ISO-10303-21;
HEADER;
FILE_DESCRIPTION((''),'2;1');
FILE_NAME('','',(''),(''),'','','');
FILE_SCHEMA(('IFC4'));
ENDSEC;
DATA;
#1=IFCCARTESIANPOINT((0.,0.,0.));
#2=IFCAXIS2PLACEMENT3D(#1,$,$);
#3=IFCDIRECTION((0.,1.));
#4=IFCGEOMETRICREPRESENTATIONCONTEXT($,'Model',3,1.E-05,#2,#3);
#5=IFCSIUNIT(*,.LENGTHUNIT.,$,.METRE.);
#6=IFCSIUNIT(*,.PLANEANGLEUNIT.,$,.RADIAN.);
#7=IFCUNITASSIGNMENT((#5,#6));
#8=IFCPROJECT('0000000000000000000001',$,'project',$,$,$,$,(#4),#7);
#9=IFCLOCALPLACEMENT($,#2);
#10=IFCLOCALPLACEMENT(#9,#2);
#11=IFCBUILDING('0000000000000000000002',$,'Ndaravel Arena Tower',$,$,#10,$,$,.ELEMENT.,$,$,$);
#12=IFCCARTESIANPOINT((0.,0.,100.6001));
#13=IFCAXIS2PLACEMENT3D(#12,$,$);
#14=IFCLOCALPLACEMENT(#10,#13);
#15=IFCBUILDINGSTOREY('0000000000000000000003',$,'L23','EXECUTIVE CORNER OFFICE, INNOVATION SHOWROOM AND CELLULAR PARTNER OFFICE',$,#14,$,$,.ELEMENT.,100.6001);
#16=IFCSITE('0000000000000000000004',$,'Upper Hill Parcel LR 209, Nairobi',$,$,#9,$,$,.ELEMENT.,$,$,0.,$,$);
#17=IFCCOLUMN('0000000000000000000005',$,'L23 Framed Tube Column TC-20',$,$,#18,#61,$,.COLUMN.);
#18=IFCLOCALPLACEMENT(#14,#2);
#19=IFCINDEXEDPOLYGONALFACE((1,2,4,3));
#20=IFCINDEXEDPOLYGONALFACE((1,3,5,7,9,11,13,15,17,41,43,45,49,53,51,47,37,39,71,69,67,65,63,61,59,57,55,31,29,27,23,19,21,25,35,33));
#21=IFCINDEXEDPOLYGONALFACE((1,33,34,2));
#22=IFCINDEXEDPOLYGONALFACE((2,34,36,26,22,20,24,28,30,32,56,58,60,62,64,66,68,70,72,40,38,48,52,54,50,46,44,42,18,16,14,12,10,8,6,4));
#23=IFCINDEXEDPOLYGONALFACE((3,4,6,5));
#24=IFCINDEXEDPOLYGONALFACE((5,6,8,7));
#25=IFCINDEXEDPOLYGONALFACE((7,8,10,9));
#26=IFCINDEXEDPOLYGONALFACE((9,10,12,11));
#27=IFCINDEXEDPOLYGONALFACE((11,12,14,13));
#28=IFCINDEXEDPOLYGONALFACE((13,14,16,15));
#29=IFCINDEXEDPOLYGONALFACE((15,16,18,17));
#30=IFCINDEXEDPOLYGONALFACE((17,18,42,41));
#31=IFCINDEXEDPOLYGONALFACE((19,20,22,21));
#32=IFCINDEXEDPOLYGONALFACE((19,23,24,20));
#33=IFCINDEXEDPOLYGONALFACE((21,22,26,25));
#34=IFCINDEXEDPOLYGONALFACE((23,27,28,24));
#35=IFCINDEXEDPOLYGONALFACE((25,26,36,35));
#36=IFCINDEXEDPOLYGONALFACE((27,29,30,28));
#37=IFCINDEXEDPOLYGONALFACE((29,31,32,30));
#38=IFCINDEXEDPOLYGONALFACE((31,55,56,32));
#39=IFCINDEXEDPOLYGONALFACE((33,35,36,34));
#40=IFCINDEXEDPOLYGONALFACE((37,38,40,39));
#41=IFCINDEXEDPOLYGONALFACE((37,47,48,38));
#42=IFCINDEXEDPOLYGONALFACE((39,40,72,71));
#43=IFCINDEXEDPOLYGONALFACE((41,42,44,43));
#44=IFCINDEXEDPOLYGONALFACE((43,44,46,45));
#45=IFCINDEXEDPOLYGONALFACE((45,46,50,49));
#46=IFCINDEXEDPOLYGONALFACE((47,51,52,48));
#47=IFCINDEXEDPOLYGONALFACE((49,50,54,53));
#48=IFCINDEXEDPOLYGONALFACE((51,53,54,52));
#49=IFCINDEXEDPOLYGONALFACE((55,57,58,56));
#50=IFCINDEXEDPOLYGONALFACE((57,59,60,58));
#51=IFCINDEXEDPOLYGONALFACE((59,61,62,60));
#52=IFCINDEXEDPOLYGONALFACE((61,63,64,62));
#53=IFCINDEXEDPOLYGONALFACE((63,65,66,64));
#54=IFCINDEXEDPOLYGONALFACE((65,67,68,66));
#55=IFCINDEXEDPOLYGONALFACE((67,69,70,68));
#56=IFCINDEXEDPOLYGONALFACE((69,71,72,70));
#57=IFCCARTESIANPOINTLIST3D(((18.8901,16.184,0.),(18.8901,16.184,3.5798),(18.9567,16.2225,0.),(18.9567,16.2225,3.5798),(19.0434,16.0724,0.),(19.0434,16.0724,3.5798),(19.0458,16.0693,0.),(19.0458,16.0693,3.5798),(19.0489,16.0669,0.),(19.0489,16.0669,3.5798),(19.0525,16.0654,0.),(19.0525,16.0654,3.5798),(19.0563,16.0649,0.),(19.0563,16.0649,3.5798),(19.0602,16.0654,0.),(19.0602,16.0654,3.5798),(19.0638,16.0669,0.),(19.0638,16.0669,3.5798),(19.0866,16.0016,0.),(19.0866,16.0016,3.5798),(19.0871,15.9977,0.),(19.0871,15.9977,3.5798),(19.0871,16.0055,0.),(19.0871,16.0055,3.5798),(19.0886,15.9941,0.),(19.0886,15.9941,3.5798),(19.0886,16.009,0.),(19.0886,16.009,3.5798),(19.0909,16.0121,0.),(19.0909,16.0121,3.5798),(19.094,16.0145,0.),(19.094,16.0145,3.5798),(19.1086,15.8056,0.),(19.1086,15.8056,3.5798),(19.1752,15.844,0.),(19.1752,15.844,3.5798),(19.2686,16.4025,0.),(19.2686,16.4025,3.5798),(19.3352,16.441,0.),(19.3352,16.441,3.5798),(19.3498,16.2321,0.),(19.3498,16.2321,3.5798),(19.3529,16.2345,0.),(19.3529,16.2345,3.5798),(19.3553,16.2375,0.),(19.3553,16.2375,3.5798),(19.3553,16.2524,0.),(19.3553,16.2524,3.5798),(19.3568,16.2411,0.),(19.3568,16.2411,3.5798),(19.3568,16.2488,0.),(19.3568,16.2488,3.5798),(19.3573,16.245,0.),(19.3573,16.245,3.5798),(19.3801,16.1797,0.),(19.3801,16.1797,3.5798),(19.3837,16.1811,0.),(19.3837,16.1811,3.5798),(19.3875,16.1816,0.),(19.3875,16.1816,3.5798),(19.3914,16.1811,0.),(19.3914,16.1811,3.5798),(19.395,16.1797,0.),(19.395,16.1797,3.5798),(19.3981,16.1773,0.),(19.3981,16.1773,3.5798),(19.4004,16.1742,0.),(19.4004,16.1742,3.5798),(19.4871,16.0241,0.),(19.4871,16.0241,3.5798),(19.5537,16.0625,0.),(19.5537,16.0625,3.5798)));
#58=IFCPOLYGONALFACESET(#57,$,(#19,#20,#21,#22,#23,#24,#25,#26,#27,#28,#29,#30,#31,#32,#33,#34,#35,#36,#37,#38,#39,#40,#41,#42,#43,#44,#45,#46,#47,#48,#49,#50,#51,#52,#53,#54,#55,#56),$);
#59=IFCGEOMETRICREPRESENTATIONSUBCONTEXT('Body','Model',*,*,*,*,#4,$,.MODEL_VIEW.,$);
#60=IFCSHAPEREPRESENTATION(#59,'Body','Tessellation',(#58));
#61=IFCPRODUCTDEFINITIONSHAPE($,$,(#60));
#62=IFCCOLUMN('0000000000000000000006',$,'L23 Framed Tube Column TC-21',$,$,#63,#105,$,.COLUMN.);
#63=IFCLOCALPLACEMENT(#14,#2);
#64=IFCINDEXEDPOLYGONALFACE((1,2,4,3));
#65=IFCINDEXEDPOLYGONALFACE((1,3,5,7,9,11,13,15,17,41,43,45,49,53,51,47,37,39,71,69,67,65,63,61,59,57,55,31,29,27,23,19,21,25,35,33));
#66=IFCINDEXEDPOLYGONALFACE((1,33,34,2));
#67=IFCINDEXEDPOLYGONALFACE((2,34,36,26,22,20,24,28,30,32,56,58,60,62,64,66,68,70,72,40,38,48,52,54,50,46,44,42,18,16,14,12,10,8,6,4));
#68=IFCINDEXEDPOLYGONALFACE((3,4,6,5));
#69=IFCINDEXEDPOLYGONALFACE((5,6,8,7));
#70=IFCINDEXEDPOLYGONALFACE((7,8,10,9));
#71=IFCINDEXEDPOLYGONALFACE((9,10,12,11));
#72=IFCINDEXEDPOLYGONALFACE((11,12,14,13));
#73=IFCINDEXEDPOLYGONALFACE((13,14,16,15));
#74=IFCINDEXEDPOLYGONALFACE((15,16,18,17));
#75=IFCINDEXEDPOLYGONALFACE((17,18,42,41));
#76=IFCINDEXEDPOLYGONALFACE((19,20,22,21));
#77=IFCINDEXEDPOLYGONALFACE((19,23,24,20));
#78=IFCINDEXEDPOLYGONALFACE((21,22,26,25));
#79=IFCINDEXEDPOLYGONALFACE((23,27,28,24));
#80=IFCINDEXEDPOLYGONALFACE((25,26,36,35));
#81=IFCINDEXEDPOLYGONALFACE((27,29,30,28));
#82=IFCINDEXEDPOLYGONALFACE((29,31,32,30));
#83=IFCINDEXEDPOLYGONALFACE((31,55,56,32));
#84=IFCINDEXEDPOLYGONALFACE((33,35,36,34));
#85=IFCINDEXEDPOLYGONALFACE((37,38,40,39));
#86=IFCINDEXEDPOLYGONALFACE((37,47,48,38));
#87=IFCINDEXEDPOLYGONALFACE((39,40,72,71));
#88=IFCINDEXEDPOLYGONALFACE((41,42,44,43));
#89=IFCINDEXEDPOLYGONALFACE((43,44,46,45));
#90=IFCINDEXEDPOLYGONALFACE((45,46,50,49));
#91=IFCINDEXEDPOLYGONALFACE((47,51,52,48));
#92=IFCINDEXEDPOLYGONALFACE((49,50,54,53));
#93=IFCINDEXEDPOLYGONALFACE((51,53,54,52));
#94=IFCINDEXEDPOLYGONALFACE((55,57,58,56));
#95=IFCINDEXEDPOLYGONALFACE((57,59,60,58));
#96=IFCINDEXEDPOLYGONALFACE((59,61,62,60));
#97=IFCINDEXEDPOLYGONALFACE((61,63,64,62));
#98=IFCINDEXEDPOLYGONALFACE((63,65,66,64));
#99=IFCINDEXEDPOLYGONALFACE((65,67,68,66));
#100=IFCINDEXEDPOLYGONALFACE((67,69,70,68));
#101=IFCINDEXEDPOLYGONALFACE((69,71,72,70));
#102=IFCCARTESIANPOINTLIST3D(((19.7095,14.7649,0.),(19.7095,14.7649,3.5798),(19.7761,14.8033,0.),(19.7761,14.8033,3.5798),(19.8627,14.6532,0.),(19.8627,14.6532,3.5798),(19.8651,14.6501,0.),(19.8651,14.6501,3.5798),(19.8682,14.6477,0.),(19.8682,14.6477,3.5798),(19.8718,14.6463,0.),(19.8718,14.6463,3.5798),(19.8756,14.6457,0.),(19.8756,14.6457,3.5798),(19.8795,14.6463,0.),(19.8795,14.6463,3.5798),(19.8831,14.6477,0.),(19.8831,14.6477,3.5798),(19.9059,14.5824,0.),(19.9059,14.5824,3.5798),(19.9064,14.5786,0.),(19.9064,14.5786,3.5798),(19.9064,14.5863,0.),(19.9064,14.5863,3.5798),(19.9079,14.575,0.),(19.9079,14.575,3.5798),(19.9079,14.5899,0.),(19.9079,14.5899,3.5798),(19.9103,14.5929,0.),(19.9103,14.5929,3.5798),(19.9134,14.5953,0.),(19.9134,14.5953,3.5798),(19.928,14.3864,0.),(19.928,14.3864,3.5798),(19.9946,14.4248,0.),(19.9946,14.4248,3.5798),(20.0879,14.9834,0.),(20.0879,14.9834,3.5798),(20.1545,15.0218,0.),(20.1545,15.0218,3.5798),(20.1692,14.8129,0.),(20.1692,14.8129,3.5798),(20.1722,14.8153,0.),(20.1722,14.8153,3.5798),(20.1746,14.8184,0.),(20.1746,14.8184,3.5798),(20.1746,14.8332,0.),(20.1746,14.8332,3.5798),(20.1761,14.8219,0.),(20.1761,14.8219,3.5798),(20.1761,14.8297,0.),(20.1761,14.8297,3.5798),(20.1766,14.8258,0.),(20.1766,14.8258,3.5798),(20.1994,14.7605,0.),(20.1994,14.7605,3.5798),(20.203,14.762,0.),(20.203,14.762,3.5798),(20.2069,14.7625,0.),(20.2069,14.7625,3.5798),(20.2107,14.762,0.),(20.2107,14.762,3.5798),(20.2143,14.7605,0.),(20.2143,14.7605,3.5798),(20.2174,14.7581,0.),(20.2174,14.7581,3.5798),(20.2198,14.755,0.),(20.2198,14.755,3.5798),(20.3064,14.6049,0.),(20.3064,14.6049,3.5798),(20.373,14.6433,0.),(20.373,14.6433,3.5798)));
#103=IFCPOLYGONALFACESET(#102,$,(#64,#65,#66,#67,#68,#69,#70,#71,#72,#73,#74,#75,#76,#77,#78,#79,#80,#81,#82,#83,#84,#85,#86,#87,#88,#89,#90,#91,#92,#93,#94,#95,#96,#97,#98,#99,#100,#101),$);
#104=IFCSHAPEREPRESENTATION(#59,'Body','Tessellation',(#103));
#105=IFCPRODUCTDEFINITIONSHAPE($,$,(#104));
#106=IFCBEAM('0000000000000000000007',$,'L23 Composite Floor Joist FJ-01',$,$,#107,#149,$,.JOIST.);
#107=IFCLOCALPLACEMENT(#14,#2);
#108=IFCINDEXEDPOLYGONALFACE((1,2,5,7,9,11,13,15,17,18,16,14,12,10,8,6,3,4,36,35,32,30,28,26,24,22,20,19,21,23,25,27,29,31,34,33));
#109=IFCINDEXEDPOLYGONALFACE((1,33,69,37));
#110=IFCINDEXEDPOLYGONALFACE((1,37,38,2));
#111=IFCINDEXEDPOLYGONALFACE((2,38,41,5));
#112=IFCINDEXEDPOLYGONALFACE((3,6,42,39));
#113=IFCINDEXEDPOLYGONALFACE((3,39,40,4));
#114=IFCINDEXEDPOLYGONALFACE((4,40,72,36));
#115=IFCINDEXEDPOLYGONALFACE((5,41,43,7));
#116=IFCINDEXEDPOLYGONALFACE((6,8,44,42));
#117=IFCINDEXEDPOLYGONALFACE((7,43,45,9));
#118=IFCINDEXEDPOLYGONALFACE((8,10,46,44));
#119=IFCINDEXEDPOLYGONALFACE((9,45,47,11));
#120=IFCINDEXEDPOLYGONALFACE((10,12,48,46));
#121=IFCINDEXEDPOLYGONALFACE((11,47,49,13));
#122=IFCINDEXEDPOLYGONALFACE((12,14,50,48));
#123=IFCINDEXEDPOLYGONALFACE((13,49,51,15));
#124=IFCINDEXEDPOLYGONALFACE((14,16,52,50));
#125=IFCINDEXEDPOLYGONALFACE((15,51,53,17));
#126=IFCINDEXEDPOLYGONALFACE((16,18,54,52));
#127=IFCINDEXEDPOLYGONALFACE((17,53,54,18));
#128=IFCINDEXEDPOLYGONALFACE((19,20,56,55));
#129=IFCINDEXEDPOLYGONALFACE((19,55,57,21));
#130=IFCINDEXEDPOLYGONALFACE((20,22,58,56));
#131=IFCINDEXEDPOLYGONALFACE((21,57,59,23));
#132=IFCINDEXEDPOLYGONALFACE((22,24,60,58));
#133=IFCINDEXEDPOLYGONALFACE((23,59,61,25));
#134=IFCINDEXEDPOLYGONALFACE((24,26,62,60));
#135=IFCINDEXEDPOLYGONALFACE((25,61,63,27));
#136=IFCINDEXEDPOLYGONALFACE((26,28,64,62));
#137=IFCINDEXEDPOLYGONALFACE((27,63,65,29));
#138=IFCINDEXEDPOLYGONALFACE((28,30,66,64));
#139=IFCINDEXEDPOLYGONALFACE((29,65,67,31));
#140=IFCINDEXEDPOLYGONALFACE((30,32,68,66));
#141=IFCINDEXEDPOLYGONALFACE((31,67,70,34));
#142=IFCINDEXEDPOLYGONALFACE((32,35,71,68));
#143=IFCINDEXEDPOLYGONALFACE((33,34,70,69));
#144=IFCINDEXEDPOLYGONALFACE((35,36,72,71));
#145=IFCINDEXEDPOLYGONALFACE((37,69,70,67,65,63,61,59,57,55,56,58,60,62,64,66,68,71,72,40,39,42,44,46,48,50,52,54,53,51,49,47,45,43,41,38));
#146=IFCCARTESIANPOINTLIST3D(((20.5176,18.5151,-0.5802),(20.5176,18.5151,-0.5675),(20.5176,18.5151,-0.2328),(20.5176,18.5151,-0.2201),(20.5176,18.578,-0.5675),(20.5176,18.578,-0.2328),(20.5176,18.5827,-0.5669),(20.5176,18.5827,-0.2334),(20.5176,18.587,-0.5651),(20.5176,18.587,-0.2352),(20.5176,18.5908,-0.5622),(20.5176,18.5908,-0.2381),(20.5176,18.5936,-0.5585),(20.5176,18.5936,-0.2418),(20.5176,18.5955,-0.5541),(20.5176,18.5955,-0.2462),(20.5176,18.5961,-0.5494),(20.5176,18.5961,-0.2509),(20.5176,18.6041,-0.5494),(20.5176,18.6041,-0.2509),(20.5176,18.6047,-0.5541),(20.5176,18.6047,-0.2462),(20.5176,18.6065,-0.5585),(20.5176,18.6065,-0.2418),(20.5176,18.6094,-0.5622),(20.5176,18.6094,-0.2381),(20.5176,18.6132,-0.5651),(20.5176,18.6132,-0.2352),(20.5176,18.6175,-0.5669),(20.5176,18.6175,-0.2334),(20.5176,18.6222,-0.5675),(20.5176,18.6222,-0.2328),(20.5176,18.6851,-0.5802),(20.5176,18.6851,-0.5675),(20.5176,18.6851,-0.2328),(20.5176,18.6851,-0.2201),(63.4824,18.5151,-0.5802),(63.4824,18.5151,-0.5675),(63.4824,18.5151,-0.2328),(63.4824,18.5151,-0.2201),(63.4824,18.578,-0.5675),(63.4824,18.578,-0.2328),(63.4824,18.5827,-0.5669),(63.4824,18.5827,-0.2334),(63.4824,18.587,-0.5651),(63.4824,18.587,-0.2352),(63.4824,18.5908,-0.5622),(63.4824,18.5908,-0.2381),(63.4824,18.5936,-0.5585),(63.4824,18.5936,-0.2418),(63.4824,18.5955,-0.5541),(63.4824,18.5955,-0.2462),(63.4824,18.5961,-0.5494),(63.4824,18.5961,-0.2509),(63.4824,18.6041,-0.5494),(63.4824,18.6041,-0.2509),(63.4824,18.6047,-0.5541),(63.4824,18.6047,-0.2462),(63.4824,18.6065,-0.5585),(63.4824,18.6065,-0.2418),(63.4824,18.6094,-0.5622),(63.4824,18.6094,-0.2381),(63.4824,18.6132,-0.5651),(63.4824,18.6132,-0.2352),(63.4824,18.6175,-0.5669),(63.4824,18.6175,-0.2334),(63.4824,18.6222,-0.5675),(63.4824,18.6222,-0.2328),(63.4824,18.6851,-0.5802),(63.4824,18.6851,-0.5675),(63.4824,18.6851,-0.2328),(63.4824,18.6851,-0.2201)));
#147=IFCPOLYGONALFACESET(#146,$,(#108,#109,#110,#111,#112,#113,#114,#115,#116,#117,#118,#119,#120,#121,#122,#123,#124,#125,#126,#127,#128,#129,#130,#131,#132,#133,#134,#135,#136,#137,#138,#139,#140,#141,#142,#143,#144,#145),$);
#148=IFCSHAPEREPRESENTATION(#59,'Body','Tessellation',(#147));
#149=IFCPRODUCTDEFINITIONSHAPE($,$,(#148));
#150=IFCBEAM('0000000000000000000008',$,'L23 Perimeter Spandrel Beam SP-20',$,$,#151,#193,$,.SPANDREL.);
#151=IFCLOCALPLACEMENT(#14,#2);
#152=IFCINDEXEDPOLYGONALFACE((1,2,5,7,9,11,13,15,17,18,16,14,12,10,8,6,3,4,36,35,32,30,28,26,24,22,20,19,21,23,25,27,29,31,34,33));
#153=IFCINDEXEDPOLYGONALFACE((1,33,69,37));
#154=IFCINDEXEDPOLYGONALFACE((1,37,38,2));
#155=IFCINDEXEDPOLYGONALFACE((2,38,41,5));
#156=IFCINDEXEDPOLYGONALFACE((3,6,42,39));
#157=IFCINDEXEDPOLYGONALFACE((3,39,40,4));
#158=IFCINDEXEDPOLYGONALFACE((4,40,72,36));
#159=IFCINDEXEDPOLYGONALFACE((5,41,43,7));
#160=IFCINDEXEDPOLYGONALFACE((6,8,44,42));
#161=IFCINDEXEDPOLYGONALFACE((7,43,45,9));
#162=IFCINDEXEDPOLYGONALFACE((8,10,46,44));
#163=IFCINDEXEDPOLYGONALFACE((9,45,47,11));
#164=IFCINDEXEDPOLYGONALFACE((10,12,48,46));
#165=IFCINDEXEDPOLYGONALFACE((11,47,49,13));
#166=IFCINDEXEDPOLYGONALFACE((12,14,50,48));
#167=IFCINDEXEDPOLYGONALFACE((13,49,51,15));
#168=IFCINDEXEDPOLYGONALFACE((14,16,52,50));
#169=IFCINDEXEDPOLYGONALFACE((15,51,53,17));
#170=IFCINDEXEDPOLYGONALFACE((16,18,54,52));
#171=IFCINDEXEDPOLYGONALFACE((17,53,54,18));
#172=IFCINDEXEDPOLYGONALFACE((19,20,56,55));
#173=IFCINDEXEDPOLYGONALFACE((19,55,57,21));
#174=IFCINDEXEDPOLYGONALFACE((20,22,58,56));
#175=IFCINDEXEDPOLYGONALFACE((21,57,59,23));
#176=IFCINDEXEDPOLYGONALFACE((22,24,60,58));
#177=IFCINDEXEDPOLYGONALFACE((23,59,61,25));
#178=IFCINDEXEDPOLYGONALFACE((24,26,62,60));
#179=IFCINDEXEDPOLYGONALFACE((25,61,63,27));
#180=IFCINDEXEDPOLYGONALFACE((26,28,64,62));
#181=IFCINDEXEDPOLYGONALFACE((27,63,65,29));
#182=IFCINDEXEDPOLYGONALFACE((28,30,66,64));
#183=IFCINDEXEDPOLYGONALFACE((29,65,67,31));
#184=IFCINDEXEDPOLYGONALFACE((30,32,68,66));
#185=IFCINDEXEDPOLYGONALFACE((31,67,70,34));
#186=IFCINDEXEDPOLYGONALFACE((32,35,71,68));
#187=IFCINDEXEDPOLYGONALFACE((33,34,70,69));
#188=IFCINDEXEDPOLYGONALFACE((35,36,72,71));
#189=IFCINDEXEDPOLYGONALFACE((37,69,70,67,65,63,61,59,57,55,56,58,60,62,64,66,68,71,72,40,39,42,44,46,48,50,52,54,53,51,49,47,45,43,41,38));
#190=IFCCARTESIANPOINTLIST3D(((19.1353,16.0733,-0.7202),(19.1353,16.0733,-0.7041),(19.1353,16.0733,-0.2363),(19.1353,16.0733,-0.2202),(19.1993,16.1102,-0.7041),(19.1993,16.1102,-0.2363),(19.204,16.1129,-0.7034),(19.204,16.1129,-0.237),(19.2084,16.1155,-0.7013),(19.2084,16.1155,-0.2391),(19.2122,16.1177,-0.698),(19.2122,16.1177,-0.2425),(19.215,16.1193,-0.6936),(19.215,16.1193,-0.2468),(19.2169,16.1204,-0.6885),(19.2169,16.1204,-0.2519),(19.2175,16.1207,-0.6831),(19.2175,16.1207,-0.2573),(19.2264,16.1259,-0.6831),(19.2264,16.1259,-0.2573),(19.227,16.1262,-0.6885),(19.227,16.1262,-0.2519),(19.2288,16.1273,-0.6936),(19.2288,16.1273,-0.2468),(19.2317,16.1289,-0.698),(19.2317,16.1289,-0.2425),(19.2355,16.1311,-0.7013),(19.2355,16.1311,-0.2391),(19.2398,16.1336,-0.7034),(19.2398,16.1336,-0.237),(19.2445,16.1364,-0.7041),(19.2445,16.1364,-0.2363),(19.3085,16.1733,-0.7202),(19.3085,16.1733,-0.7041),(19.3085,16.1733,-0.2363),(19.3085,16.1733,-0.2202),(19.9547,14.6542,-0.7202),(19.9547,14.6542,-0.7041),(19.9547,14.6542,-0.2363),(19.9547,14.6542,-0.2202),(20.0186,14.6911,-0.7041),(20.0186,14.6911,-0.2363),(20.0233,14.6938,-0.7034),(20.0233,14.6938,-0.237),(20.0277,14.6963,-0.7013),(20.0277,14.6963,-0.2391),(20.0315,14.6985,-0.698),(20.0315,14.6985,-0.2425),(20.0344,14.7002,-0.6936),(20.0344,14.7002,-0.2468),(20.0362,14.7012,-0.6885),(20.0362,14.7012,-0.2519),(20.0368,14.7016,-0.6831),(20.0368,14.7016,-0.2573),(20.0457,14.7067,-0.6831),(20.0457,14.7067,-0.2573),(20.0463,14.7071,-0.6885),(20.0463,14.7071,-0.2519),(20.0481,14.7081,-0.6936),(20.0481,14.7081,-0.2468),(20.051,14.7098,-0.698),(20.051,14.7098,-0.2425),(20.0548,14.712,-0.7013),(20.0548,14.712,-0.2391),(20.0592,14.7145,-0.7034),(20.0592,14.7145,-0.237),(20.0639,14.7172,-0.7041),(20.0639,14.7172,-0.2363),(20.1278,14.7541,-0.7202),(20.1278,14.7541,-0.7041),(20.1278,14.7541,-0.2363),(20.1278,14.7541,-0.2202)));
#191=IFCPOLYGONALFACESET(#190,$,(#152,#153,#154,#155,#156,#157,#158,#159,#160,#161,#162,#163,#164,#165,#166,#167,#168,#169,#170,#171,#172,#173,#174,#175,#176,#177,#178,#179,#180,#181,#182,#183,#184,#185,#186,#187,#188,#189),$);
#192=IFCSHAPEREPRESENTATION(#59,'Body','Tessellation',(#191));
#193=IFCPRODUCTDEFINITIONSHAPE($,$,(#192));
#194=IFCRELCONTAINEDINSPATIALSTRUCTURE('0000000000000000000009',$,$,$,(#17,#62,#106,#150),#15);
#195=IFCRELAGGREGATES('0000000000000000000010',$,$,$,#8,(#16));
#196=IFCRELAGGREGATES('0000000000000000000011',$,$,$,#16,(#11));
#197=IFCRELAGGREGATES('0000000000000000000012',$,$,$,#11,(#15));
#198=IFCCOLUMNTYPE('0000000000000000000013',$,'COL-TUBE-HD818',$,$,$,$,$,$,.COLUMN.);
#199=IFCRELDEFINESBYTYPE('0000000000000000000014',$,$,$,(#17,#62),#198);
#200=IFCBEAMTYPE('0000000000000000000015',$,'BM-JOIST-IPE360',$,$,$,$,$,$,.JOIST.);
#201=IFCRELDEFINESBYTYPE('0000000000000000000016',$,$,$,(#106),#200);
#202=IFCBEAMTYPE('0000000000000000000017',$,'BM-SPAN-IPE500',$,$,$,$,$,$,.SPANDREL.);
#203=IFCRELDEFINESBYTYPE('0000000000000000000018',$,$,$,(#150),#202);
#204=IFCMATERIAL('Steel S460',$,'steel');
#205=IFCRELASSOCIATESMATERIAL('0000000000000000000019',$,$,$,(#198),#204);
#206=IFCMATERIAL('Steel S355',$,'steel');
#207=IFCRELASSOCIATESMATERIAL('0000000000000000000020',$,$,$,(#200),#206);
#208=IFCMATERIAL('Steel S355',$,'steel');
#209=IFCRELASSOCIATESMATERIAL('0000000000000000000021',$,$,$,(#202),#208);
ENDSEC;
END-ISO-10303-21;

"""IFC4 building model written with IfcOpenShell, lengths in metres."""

from ifc_helpers import new_model, si_unit, direction, frame, origin, origin_2d, place, context, subcontext, project, spatial, i_section, extrude, material, material_profile, profile_set, type_object, element, save


model = new_model("IFC4")

# Units and contexts
model_context = context("Model", 3, precision=1e-05, world=origin(), true_north=direction((0.0, 1.0)))
body_context = subcontext(model_context, "Body", "Model", "MODEL_VIEW")
ifc_project = project(units=[si_unit("LENGTHUNIT", "METRE"), si_unit("PLANEANGLEUNIT", "RADIAN")], contexts=[model_context])

# Site, building, storey
site_placement = place(None, origin())
site = spatial("IfcSite", under=ifc_project, at=site_placement, Name="Upper Hill Parcel LR 209, Nairobi", CompositionType="ELEMENT", RefElevation=0.0)
building_placement = place(site_placement, origin())
building = spatial("IfcBuilding", under=site, at=building_placement, Name="Ndaravel Arena Tower", CompositionType="ELEMENT")
storey_placement = place(building_placement, frame((0.0, 0.0, 100.6001)))
storey = spatial("IfcBuildingStorey", under=building, at=storey_placement, Name="L23", Description="EXECUTIVE CORNER OFFICE, INNOVATION SHOWROOM AND CELLULAR PARTNER OFFICE", CompositionType="ELEMENT", Elevation=100.6001)

# Columns
ifc_material_1 = material(Name="Steel S460", Category="steel")
ifc_material_profile_1 = material_profile(ifc_material_1, i_section(OverallWidth=0.437, OverallDepth=0.5139, WebThickness=0.0605, FlangeThickness=0.0769, FilletRadius=0.0149, at=origin_2d()), Name="HD 400x818")
ifc_profile_set_1 = profile_set([ifc_material_profile_1], Name="Steel S460")
column_type = type_object("IfcColumnType", Name="COL-TUBE-HD818", PredefinedType="COLUMN", material=ifc_profile_set_1)
for number, where, z_axis, x_axis, name in (
    (1, (19.2219, 16.1233, 0.0), (0.0, 0.0, 1.0), (-0.5, 0.866025, 0.0), "L23 Framed Tube Column TC-20"),
    (2, (20.0413, 14.7041, 0.0), (0.0, 0.0, 1.0), (-0.5, 0.866025, 0.0), "L23 Framed Tube Column TC-21"),
):
    element("IfcColumn", number, at=place(storey_placement, frame(where, z_axis=z_axis, x_axis=x_axis)), inside=storey, type_object=column_type, Name=name, PredefinedType="COLUMN", context=body_context, shape_type="SweptSolid", body=[
        extrude(i_section(OverallWidth=0.437, OverallDepth=0.5139, WebThickness=0.0605, FlangeThickness=0.0769, FilletRadius=0.0149, at=origin_2d()), origin(), (0.0, 0.0, 1.0), 3.5798),
    ])

# Beams
ifc_material_2 = material(Name="Steel S355", Category="steel")
ifc_material_profile_2 = material_profile(ifc_material_2, i_section(OverallWidth=0.1699, OverallDepth=0.3601, WebThickness=0.0081, FlangeThickness=0.0127, FilletRadius=0.0181, at=origin_2d()), Name="IPE 360")
ifc_profile_set_2 = profile_set([ifc_material_profile_2], Name="Steel S355")
beam_type_1 = type_object("IfcBeamType", Name="BM-JOIST-IPE360", PredefinedType="JOIST", material=ifc_profile_set_2)
beam_placement = place(storey_placement, frame((20.5176, 18.6001, -0.4001), z_axis=(1.0, 0.0, 0.0), x_axis=(0.0, 1.0, 0.0)))
element("IfcBeam", 3, at=beam_placement, inside=storey, type_object=beam_type_1, Name="L23 Composite Floor Joist FJ-01", PredefinedType="JOIST", context=body_context, shape_type="SweptSolid", body=[
    extrude(i_section(OverallWidth=0.1699, OverallDepth=0.3601, WebThickness=0.0081, FlangeThickness=0.0127, FilletRadius=0.0181, at=origin_2d()), origin(), (0.0, 0.0, 1.0), 42.9648),
])
ifc_material_3 = material(Name="Steel S355", Category="steel")
ifc_material_profile_3 = material_profile(ifc_material_3, i_section(OverallWidth=0.2, OverallDepth=0.5, WebThickness=0.0103, FlangeThickness=0.0161, FilletRadius=0.021, at=origin_2d()), Name="IPE 500")
ifc_profile_set_3 = profile_set([ifc_material_profile_3], Name="Steel S355")
beam_type_2 = type_object("IfcBeamType", Name="BM-SPAN-IPE500", PredefinedType="SPANDREL", material=ifc_profile_set_3)
for number, where, z_axis, x_axis, name in (
    (4, (19.2219, 16.1233, -0.4702), (0.499985, -0.866034, 0.0), (0.866034, 0.499985, 0.0), "L23 Perimeter Spandrel Beam SP-20"),
):
    element("IfcBeam", number, at=place(storey_placement, frame(where, z_axis=z_axis, x_axis=x_axis)), inside=storey, type_object=beam_type_2, Name=name, PredefinedType="SPANDREL", context=body_context, shape_type="SweptSolid", body=[
        extrude(i_section(OverallWidth=0.2, OverallDepth=0.5, WebThickness=0.0103, FlangeThickness=0.0161, FilletRadius=0.021, at=origin_2d()), origin(), (0.0, 0.0, 1.0), 1.6387),
    ])

save(model, "model.ifc")
